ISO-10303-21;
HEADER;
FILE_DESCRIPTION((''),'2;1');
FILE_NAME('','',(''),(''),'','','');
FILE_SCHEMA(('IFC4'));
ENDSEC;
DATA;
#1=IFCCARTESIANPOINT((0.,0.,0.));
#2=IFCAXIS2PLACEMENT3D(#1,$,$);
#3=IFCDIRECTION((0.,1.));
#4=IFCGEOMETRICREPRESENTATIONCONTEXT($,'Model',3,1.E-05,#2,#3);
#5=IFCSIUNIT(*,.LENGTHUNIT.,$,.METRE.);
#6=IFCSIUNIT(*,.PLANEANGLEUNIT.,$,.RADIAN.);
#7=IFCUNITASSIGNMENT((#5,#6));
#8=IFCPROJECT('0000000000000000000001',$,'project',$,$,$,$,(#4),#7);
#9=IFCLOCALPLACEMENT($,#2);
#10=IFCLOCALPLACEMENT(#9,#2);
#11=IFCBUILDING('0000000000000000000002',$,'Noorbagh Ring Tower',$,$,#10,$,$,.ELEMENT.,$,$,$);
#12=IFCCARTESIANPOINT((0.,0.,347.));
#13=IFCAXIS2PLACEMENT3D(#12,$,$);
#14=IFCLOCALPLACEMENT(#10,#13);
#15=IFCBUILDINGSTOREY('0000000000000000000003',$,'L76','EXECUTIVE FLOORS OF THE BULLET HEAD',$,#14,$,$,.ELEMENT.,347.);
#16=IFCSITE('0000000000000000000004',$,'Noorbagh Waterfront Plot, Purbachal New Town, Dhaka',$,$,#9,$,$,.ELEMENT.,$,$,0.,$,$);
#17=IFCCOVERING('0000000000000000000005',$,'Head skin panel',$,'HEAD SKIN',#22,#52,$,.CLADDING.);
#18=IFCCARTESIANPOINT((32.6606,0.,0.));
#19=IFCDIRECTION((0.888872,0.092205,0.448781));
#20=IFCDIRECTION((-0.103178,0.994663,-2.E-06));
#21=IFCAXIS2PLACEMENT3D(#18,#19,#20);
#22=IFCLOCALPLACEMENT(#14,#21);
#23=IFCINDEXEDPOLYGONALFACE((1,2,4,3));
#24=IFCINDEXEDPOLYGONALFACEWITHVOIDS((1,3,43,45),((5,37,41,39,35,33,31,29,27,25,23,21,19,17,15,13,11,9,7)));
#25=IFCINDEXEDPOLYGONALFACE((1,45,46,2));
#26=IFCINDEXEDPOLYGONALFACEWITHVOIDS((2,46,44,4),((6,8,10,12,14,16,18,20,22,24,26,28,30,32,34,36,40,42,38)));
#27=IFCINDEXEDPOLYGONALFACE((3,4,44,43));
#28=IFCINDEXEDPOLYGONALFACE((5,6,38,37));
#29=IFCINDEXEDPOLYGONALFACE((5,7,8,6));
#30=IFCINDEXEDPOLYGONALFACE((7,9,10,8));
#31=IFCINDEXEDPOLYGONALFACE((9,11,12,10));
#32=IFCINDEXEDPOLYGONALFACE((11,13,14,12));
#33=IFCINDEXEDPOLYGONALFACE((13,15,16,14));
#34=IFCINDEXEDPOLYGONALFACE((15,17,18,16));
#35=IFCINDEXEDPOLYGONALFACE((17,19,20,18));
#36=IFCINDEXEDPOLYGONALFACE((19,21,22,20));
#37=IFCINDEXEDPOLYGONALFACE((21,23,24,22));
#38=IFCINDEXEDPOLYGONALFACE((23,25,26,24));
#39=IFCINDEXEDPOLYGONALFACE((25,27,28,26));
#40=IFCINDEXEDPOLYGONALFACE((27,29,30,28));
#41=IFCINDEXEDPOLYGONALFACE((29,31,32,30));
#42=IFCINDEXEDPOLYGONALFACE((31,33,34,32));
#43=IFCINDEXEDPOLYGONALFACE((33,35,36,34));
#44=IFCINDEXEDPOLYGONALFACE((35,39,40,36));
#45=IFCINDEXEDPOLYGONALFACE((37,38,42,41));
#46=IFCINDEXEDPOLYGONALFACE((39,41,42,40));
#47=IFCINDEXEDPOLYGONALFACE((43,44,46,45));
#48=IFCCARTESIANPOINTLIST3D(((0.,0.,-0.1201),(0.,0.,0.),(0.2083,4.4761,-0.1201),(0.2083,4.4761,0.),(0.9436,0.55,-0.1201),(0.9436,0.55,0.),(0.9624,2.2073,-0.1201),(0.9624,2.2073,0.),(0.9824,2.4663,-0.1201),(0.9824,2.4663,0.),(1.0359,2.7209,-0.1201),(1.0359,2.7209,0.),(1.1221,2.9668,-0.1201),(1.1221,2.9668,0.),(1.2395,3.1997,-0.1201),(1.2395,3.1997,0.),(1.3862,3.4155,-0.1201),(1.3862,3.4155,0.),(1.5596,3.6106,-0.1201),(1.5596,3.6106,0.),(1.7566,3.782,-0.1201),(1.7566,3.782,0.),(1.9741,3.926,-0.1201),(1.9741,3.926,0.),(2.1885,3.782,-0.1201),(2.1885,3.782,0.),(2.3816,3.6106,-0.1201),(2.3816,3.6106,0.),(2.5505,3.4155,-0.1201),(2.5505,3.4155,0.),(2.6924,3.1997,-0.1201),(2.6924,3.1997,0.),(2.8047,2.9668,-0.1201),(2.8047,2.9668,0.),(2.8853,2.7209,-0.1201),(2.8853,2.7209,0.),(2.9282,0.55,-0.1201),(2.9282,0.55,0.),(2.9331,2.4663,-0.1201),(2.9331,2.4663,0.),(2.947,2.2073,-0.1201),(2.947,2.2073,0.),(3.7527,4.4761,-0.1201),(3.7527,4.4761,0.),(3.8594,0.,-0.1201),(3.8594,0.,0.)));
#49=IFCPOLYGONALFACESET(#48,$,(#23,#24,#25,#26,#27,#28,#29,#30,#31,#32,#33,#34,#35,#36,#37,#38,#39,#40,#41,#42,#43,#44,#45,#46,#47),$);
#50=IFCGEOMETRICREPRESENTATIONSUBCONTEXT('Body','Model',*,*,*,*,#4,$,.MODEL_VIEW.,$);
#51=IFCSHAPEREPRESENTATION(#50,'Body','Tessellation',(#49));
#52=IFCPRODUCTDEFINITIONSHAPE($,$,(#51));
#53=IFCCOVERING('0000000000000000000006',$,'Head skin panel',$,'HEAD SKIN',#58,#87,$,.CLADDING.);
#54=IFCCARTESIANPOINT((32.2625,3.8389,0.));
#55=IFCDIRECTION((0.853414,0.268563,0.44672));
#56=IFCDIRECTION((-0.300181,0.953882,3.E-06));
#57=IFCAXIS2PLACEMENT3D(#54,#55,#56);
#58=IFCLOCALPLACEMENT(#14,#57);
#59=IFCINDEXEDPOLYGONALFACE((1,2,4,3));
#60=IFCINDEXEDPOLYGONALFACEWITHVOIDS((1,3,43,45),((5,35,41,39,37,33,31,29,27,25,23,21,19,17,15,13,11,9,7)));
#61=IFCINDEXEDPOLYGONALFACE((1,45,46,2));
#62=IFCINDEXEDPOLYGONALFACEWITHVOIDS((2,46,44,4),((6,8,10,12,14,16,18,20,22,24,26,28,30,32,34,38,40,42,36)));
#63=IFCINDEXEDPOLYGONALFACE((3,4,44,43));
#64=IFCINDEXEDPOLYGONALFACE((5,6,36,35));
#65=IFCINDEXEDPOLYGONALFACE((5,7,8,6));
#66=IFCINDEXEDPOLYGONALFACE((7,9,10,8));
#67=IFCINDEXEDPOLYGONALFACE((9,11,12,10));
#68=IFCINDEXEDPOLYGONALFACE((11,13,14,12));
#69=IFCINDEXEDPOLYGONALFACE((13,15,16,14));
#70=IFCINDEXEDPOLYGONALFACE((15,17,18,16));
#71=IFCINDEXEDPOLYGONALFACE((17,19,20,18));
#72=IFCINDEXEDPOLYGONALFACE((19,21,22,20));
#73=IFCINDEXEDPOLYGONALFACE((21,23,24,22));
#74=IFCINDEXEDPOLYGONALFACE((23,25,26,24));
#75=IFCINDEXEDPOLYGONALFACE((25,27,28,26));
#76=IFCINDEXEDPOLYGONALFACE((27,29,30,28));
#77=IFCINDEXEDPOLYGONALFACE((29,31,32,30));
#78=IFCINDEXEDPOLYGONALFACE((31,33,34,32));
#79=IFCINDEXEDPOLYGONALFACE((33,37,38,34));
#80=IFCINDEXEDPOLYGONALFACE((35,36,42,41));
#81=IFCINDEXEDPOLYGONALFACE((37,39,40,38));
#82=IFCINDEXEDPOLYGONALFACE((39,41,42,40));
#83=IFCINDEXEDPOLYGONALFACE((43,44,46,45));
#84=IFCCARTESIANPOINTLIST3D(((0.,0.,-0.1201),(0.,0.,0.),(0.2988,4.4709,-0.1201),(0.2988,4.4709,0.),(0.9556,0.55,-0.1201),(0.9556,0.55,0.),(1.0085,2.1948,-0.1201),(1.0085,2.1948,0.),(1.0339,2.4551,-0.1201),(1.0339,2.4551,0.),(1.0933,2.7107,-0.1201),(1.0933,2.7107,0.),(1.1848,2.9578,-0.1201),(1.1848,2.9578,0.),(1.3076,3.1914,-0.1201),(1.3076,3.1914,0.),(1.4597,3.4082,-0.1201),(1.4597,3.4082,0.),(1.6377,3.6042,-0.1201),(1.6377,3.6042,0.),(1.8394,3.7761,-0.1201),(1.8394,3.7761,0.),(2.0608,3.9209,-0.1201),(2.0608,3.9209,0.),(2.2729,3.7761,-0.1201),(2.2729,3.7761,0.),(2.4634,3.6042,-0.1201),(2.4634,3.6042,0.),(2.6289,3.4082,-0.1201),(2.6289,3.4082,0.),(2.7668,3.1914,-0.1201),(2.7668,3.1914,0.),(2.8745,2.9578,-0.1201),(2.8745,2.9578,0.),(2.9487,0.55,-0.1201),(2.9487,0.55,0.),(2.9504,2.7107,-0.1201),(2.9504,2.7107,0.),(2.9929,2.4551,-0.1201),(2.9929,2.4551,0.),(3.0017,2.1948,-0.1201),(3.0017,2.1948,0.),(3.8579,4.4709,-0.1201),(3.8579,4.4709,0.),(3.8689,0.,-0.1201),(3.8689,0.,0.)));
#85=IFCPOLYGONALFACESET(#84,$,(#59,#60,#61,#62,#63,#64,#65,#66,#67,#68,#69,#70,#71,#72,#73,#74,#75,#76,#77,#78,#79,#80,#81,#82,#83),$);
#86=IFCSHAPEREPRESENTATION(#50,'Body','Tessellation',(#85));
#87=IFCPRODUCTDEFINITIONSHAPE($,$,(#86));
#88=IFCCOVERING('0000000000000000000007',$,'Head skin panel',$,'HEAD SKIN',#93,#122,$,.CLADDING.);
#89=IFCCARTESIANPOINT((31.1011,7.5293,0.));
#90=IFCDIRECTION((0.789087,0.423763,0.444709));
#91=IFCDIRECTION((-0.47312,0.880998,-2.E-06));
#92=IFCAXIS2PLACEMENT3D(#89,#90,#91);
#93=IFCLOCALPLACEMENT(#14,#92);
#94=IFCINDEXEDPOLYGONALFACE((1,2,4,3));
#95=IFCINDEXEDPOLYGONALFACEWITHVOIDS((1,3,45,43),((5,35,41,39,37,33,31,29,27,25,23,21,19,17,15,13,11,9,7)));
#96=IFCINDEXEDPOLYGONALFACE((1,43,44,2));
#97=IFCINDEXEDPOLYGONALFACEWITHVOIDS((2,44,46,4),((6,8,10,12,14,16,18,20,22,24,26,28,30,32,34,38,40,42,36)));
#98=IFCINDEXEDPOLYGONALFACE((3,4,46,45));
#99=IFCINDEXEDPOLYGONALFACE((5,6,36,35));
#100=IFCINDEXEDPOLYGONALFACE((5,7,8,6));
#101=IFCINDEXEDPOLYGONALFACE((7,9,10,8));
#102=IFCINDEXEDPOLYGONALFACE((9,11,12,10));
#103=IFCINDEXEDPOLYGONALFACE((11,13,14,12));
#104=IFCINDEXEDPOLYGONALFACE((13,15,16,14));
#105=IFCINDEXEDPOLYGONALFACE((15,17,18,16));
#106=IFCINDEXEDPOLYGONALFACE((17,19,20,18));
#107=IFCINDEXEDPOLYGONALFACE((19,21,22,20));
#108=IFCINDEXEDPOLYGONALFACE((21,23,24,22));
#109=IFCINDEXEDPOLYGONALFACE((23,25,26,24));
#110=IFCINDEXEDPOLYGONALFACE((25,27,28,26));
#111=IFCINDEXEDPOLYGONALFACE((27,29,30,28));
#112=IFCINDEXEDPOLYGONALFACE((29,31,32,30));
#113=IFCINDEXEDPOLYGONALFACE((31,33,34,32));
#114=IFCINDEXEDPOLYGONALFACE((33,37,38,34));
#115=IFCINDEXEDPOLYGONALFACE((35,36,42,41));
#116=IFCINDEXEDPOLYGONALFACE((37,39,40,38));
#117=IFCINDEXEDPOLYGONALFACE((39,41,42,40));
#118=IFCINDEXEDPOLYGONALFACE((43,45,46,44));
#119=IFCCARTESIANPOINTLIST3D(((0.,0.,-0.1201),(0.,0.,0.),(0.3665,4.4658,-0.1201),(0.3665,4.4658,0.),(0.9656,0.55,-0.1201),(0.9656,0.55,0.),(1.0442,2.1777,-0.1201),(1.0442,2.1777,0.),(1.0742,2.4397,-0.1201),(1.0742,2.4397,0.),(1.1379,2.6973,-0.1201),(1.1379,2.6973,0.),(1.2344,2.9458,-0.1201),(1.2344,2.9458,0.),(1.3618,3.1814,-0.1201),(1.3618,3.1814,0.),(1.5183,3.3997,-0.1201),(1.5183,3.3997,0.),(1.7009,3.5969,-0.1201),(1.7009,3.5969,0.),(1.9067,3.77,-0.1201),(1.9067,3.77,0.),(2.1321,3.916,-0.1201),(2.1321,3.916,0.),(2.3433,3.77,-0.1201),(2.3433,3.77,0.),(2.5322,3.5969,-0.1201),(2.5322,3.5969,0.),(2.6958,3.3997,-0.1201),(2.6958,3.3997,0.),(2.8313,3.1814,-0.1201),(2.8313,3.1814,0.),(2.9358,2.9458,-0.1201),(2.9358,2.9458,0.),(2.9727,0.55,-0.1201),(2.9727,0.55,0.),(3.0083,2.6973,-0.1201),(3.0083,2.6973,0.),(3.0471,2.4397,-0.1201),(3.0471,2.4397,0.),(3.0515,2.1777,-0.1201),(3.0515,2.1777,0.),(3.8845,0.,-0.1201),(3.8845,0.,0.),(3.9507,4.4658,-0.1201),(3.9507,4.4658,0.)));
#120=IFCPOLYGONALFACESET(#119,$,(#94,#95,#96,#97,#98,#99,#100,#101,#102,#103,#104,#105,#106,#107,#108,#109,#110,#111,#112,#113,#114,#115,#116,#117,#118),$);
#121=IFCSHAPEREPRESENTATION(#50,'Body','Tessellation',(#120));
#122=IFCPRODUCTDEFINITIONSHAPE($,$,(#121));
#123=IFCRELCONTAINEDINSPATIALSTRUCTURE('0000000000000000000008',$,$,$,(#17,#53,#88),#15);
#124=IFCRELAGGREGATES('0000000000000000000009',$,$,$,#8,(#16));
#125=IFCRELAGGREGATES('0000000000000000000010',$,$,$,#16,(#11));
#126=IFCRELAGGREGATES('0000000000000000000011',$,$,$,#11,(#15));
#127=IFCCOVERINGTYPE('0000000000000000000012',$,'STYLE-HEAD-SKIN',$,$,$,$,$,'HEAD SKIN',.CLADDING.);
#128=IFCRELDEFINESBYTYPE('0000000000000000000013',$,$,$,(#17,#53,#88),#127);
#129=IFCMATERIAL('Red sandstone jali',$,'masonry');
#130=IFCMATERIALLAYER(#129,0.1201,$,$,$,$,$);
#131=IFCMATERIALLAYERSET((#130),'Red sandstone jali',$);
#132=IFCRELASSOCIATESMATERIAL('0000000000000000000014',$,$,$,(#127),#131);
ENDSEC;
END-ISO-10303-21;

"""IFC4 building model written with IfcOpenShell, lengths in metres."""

from ifc_helpers import new_model, si_unit, direction, frame, origin, place, context, subcontext, project, spatial, polyline, outline, extrude, material, layer, layer_set, type_object, element, save


model = new_model("IFC4")

# Units and contexts
model_context = context("Model", 3, precision=1e-05, world=origin(), true_north=direction((0.0, 1.0)))
body_context = subcontext(model_context, "Body", "Model", "MODEL_VIEW")
ifc_project = project(units=[si_unit("LENGTHUNIT", "METRE"), si_unit("PLANEANGLEUNIT", "RADIAN")], contexts=[model_context])

# Site, building, storey
site_placement = place(None, origin())
site = spatial("IfcSite", under=ifc_project, at=site_placement, Name="Noorbagh Waterfront Plot, Purbachal New Town, Dhaka", CompositionType="ELEMENT", RefElevation=0.0)
building_placement = place(site_placement, origin())
building = spatial("IfcBuilding", under=site, at=building_placement, Name="Noorbagh Ring Tower", CompositionType="ELEMENT")
storey_placement = place(building_placement, frame((0.0, 0.0, 347.0)))
storey = spatial("IfcBuildingStorey", under=building, at=storey_placement, Name="L76", Description="EXECUTIVE FLOORS OF THE BULLET HEAD", CompositionType="ELEMENT", Elevation=347.0)

# Coverings
ifc_material_1 = material(Name="Red sandstone jali", Category="masonry")
ifc_layer_1 = layer(ifc_material_1, 0.1201)
ifc_layer_set_1 = layer_set([ifc_layer_1], Name="Red sandstone jali")
covering_type_1 = type_object("IfcCoveringType", Name="STYLE-HEAD-SKIN", ElementType="HEAD SKIN", PredefinedType="CLADDING", material=ifc_layer_set_1)
covering_1_placement = place(storey_placement, frame((32.6606, 0.0, 0.0), z_axis=(0.888872, 0.092205, 0.448781), x_axis=(-0.103178, 0.994663, -0.000002)))
element("IfcCovering", 1, at=covering_1_placement, inside=storey, type_object=covering_type_1, Name="Head skin panel", ObjectType="HEAD SKIN", PredefinedType="CLADDING", context=body_context, shape_type="SweptSolid", body=[
    extrude(outline(polyline([(0.0, 0.0), (3.8594, 0.0), (3.7527, 4.4761), (0.2083, 4.4761), (0.0, 0.0)]), holes=[polyline([(0.9436, 0.55), (0.9624, 2.2073), (0.9824, 2.4663), (1.0359, 2.7209), (1.1221, 2.9668), (1.2395, 3.1997), (1.3862, 3.4155), (1.5596, 3.6106), (1.7566, 3.782), (1.9741, 3.926), (2.1885, 3.782), (2.3816, 3.6106), (2.5505, 3.4155), (2.6924, 3.1997), (2.8047, 2.9668), (2.8853, 2.7209), (2.9331, 2.4663), (2.947, 2.2073), (2.9282, 0.55), (0.9436, 0.55)])]), origin(), (0.0, 0.0, -1.0), 0.1201),
])
covering_2_placement = place(storey_placement, frame((32.2625, 3.8389, 0.0), z_axis=(0.853414, 0.268563, 0.44672), x_axis=(-0.300181, 0.953882, 0.000003)))
element("IfcCovering", 2, at=covering_2_placement, inside=storey, type_object=covering_type_1, Name="Head skin panel", ObjectType="HEAD SKIN", PredefinedType="CLADDING", context=body_context, shape_type="SweptSolid", body=[
    extrude(outline(polyline([(0.0, 0.0), (3.8689, 0.0), (3.8579, 4.4709), (0.2988, 4.4709), (0.0, 0.0)]), holes=[polyline([(0.9556, 0.55), (1.0085, 2.1948), (1.0339, 2.4551), (1.0933, 2.7107), (1.1848, 2.9578), (1.3076, 3.1914), (1.4597, 3.4082), (1.6377, 3.6042), (1.8394, 3.7761), (2.0608, 3.9209), (2.2729, 3.7761), (2.4634, 3.6042), (2.6289, 3.4082), (2.7668, 3.1914), (2.8745, 2.9578), (2.9504, 2.7107), (2.9929, 2.4551), (3.0017, 2.1948), (2.9487, 0.55), (0.9556, 0.55)])]), origin(), (0.0, 0.0, -1.0), 0.1201),
])
covering_3_placement = place(storey_placement, frame((31.1011, 7.5293, 0.0), z_axis=(0.789087, 0.423763, 0.444709), x_axis=(-0.47312, 0.880998, -0.000002)))
element("IfcCovering", 3, at=covering_3_placement, inside=storey, type_object=covering_type_1, Name="Head skin panel", ObjectType="HEAD SKIN", PredefinedType="CLADDING", context=body_context, shape_type="SweptSolid", body=[
    extrude(outline(polyline([(0.0, 0.0), (3.8845, 0.0), (3.9507, 4.4658), (0.3665, 4.4658), (0.0, 0.0)]), holes=[polyline([(0.9656, 0.55), (1.0442, 2.1777), (1.0742, 2.4397), (1.1379, 2.6973), (1.2344, 2.9458), (1.3618, 3.1814), (1.5183, 3.3997), (1.7009, 3.5969), (1.9067, 3.77), (2.1321, 3.916), (2.3433, 3.77), (2.5322, 3.5969), (2.6958, 3.3997), (2.8313, 3.1814), (2.9358, 2.9458), (3.0083, 2.6973), (3.0471, 2.4397), (3.0515, 2.1777), (2.9727, 0.55), (0.9656, 0.55)])]), origin(), (0.0, 0.0, -1.0), 0.1201),
])

save(model, "model.ifc")
